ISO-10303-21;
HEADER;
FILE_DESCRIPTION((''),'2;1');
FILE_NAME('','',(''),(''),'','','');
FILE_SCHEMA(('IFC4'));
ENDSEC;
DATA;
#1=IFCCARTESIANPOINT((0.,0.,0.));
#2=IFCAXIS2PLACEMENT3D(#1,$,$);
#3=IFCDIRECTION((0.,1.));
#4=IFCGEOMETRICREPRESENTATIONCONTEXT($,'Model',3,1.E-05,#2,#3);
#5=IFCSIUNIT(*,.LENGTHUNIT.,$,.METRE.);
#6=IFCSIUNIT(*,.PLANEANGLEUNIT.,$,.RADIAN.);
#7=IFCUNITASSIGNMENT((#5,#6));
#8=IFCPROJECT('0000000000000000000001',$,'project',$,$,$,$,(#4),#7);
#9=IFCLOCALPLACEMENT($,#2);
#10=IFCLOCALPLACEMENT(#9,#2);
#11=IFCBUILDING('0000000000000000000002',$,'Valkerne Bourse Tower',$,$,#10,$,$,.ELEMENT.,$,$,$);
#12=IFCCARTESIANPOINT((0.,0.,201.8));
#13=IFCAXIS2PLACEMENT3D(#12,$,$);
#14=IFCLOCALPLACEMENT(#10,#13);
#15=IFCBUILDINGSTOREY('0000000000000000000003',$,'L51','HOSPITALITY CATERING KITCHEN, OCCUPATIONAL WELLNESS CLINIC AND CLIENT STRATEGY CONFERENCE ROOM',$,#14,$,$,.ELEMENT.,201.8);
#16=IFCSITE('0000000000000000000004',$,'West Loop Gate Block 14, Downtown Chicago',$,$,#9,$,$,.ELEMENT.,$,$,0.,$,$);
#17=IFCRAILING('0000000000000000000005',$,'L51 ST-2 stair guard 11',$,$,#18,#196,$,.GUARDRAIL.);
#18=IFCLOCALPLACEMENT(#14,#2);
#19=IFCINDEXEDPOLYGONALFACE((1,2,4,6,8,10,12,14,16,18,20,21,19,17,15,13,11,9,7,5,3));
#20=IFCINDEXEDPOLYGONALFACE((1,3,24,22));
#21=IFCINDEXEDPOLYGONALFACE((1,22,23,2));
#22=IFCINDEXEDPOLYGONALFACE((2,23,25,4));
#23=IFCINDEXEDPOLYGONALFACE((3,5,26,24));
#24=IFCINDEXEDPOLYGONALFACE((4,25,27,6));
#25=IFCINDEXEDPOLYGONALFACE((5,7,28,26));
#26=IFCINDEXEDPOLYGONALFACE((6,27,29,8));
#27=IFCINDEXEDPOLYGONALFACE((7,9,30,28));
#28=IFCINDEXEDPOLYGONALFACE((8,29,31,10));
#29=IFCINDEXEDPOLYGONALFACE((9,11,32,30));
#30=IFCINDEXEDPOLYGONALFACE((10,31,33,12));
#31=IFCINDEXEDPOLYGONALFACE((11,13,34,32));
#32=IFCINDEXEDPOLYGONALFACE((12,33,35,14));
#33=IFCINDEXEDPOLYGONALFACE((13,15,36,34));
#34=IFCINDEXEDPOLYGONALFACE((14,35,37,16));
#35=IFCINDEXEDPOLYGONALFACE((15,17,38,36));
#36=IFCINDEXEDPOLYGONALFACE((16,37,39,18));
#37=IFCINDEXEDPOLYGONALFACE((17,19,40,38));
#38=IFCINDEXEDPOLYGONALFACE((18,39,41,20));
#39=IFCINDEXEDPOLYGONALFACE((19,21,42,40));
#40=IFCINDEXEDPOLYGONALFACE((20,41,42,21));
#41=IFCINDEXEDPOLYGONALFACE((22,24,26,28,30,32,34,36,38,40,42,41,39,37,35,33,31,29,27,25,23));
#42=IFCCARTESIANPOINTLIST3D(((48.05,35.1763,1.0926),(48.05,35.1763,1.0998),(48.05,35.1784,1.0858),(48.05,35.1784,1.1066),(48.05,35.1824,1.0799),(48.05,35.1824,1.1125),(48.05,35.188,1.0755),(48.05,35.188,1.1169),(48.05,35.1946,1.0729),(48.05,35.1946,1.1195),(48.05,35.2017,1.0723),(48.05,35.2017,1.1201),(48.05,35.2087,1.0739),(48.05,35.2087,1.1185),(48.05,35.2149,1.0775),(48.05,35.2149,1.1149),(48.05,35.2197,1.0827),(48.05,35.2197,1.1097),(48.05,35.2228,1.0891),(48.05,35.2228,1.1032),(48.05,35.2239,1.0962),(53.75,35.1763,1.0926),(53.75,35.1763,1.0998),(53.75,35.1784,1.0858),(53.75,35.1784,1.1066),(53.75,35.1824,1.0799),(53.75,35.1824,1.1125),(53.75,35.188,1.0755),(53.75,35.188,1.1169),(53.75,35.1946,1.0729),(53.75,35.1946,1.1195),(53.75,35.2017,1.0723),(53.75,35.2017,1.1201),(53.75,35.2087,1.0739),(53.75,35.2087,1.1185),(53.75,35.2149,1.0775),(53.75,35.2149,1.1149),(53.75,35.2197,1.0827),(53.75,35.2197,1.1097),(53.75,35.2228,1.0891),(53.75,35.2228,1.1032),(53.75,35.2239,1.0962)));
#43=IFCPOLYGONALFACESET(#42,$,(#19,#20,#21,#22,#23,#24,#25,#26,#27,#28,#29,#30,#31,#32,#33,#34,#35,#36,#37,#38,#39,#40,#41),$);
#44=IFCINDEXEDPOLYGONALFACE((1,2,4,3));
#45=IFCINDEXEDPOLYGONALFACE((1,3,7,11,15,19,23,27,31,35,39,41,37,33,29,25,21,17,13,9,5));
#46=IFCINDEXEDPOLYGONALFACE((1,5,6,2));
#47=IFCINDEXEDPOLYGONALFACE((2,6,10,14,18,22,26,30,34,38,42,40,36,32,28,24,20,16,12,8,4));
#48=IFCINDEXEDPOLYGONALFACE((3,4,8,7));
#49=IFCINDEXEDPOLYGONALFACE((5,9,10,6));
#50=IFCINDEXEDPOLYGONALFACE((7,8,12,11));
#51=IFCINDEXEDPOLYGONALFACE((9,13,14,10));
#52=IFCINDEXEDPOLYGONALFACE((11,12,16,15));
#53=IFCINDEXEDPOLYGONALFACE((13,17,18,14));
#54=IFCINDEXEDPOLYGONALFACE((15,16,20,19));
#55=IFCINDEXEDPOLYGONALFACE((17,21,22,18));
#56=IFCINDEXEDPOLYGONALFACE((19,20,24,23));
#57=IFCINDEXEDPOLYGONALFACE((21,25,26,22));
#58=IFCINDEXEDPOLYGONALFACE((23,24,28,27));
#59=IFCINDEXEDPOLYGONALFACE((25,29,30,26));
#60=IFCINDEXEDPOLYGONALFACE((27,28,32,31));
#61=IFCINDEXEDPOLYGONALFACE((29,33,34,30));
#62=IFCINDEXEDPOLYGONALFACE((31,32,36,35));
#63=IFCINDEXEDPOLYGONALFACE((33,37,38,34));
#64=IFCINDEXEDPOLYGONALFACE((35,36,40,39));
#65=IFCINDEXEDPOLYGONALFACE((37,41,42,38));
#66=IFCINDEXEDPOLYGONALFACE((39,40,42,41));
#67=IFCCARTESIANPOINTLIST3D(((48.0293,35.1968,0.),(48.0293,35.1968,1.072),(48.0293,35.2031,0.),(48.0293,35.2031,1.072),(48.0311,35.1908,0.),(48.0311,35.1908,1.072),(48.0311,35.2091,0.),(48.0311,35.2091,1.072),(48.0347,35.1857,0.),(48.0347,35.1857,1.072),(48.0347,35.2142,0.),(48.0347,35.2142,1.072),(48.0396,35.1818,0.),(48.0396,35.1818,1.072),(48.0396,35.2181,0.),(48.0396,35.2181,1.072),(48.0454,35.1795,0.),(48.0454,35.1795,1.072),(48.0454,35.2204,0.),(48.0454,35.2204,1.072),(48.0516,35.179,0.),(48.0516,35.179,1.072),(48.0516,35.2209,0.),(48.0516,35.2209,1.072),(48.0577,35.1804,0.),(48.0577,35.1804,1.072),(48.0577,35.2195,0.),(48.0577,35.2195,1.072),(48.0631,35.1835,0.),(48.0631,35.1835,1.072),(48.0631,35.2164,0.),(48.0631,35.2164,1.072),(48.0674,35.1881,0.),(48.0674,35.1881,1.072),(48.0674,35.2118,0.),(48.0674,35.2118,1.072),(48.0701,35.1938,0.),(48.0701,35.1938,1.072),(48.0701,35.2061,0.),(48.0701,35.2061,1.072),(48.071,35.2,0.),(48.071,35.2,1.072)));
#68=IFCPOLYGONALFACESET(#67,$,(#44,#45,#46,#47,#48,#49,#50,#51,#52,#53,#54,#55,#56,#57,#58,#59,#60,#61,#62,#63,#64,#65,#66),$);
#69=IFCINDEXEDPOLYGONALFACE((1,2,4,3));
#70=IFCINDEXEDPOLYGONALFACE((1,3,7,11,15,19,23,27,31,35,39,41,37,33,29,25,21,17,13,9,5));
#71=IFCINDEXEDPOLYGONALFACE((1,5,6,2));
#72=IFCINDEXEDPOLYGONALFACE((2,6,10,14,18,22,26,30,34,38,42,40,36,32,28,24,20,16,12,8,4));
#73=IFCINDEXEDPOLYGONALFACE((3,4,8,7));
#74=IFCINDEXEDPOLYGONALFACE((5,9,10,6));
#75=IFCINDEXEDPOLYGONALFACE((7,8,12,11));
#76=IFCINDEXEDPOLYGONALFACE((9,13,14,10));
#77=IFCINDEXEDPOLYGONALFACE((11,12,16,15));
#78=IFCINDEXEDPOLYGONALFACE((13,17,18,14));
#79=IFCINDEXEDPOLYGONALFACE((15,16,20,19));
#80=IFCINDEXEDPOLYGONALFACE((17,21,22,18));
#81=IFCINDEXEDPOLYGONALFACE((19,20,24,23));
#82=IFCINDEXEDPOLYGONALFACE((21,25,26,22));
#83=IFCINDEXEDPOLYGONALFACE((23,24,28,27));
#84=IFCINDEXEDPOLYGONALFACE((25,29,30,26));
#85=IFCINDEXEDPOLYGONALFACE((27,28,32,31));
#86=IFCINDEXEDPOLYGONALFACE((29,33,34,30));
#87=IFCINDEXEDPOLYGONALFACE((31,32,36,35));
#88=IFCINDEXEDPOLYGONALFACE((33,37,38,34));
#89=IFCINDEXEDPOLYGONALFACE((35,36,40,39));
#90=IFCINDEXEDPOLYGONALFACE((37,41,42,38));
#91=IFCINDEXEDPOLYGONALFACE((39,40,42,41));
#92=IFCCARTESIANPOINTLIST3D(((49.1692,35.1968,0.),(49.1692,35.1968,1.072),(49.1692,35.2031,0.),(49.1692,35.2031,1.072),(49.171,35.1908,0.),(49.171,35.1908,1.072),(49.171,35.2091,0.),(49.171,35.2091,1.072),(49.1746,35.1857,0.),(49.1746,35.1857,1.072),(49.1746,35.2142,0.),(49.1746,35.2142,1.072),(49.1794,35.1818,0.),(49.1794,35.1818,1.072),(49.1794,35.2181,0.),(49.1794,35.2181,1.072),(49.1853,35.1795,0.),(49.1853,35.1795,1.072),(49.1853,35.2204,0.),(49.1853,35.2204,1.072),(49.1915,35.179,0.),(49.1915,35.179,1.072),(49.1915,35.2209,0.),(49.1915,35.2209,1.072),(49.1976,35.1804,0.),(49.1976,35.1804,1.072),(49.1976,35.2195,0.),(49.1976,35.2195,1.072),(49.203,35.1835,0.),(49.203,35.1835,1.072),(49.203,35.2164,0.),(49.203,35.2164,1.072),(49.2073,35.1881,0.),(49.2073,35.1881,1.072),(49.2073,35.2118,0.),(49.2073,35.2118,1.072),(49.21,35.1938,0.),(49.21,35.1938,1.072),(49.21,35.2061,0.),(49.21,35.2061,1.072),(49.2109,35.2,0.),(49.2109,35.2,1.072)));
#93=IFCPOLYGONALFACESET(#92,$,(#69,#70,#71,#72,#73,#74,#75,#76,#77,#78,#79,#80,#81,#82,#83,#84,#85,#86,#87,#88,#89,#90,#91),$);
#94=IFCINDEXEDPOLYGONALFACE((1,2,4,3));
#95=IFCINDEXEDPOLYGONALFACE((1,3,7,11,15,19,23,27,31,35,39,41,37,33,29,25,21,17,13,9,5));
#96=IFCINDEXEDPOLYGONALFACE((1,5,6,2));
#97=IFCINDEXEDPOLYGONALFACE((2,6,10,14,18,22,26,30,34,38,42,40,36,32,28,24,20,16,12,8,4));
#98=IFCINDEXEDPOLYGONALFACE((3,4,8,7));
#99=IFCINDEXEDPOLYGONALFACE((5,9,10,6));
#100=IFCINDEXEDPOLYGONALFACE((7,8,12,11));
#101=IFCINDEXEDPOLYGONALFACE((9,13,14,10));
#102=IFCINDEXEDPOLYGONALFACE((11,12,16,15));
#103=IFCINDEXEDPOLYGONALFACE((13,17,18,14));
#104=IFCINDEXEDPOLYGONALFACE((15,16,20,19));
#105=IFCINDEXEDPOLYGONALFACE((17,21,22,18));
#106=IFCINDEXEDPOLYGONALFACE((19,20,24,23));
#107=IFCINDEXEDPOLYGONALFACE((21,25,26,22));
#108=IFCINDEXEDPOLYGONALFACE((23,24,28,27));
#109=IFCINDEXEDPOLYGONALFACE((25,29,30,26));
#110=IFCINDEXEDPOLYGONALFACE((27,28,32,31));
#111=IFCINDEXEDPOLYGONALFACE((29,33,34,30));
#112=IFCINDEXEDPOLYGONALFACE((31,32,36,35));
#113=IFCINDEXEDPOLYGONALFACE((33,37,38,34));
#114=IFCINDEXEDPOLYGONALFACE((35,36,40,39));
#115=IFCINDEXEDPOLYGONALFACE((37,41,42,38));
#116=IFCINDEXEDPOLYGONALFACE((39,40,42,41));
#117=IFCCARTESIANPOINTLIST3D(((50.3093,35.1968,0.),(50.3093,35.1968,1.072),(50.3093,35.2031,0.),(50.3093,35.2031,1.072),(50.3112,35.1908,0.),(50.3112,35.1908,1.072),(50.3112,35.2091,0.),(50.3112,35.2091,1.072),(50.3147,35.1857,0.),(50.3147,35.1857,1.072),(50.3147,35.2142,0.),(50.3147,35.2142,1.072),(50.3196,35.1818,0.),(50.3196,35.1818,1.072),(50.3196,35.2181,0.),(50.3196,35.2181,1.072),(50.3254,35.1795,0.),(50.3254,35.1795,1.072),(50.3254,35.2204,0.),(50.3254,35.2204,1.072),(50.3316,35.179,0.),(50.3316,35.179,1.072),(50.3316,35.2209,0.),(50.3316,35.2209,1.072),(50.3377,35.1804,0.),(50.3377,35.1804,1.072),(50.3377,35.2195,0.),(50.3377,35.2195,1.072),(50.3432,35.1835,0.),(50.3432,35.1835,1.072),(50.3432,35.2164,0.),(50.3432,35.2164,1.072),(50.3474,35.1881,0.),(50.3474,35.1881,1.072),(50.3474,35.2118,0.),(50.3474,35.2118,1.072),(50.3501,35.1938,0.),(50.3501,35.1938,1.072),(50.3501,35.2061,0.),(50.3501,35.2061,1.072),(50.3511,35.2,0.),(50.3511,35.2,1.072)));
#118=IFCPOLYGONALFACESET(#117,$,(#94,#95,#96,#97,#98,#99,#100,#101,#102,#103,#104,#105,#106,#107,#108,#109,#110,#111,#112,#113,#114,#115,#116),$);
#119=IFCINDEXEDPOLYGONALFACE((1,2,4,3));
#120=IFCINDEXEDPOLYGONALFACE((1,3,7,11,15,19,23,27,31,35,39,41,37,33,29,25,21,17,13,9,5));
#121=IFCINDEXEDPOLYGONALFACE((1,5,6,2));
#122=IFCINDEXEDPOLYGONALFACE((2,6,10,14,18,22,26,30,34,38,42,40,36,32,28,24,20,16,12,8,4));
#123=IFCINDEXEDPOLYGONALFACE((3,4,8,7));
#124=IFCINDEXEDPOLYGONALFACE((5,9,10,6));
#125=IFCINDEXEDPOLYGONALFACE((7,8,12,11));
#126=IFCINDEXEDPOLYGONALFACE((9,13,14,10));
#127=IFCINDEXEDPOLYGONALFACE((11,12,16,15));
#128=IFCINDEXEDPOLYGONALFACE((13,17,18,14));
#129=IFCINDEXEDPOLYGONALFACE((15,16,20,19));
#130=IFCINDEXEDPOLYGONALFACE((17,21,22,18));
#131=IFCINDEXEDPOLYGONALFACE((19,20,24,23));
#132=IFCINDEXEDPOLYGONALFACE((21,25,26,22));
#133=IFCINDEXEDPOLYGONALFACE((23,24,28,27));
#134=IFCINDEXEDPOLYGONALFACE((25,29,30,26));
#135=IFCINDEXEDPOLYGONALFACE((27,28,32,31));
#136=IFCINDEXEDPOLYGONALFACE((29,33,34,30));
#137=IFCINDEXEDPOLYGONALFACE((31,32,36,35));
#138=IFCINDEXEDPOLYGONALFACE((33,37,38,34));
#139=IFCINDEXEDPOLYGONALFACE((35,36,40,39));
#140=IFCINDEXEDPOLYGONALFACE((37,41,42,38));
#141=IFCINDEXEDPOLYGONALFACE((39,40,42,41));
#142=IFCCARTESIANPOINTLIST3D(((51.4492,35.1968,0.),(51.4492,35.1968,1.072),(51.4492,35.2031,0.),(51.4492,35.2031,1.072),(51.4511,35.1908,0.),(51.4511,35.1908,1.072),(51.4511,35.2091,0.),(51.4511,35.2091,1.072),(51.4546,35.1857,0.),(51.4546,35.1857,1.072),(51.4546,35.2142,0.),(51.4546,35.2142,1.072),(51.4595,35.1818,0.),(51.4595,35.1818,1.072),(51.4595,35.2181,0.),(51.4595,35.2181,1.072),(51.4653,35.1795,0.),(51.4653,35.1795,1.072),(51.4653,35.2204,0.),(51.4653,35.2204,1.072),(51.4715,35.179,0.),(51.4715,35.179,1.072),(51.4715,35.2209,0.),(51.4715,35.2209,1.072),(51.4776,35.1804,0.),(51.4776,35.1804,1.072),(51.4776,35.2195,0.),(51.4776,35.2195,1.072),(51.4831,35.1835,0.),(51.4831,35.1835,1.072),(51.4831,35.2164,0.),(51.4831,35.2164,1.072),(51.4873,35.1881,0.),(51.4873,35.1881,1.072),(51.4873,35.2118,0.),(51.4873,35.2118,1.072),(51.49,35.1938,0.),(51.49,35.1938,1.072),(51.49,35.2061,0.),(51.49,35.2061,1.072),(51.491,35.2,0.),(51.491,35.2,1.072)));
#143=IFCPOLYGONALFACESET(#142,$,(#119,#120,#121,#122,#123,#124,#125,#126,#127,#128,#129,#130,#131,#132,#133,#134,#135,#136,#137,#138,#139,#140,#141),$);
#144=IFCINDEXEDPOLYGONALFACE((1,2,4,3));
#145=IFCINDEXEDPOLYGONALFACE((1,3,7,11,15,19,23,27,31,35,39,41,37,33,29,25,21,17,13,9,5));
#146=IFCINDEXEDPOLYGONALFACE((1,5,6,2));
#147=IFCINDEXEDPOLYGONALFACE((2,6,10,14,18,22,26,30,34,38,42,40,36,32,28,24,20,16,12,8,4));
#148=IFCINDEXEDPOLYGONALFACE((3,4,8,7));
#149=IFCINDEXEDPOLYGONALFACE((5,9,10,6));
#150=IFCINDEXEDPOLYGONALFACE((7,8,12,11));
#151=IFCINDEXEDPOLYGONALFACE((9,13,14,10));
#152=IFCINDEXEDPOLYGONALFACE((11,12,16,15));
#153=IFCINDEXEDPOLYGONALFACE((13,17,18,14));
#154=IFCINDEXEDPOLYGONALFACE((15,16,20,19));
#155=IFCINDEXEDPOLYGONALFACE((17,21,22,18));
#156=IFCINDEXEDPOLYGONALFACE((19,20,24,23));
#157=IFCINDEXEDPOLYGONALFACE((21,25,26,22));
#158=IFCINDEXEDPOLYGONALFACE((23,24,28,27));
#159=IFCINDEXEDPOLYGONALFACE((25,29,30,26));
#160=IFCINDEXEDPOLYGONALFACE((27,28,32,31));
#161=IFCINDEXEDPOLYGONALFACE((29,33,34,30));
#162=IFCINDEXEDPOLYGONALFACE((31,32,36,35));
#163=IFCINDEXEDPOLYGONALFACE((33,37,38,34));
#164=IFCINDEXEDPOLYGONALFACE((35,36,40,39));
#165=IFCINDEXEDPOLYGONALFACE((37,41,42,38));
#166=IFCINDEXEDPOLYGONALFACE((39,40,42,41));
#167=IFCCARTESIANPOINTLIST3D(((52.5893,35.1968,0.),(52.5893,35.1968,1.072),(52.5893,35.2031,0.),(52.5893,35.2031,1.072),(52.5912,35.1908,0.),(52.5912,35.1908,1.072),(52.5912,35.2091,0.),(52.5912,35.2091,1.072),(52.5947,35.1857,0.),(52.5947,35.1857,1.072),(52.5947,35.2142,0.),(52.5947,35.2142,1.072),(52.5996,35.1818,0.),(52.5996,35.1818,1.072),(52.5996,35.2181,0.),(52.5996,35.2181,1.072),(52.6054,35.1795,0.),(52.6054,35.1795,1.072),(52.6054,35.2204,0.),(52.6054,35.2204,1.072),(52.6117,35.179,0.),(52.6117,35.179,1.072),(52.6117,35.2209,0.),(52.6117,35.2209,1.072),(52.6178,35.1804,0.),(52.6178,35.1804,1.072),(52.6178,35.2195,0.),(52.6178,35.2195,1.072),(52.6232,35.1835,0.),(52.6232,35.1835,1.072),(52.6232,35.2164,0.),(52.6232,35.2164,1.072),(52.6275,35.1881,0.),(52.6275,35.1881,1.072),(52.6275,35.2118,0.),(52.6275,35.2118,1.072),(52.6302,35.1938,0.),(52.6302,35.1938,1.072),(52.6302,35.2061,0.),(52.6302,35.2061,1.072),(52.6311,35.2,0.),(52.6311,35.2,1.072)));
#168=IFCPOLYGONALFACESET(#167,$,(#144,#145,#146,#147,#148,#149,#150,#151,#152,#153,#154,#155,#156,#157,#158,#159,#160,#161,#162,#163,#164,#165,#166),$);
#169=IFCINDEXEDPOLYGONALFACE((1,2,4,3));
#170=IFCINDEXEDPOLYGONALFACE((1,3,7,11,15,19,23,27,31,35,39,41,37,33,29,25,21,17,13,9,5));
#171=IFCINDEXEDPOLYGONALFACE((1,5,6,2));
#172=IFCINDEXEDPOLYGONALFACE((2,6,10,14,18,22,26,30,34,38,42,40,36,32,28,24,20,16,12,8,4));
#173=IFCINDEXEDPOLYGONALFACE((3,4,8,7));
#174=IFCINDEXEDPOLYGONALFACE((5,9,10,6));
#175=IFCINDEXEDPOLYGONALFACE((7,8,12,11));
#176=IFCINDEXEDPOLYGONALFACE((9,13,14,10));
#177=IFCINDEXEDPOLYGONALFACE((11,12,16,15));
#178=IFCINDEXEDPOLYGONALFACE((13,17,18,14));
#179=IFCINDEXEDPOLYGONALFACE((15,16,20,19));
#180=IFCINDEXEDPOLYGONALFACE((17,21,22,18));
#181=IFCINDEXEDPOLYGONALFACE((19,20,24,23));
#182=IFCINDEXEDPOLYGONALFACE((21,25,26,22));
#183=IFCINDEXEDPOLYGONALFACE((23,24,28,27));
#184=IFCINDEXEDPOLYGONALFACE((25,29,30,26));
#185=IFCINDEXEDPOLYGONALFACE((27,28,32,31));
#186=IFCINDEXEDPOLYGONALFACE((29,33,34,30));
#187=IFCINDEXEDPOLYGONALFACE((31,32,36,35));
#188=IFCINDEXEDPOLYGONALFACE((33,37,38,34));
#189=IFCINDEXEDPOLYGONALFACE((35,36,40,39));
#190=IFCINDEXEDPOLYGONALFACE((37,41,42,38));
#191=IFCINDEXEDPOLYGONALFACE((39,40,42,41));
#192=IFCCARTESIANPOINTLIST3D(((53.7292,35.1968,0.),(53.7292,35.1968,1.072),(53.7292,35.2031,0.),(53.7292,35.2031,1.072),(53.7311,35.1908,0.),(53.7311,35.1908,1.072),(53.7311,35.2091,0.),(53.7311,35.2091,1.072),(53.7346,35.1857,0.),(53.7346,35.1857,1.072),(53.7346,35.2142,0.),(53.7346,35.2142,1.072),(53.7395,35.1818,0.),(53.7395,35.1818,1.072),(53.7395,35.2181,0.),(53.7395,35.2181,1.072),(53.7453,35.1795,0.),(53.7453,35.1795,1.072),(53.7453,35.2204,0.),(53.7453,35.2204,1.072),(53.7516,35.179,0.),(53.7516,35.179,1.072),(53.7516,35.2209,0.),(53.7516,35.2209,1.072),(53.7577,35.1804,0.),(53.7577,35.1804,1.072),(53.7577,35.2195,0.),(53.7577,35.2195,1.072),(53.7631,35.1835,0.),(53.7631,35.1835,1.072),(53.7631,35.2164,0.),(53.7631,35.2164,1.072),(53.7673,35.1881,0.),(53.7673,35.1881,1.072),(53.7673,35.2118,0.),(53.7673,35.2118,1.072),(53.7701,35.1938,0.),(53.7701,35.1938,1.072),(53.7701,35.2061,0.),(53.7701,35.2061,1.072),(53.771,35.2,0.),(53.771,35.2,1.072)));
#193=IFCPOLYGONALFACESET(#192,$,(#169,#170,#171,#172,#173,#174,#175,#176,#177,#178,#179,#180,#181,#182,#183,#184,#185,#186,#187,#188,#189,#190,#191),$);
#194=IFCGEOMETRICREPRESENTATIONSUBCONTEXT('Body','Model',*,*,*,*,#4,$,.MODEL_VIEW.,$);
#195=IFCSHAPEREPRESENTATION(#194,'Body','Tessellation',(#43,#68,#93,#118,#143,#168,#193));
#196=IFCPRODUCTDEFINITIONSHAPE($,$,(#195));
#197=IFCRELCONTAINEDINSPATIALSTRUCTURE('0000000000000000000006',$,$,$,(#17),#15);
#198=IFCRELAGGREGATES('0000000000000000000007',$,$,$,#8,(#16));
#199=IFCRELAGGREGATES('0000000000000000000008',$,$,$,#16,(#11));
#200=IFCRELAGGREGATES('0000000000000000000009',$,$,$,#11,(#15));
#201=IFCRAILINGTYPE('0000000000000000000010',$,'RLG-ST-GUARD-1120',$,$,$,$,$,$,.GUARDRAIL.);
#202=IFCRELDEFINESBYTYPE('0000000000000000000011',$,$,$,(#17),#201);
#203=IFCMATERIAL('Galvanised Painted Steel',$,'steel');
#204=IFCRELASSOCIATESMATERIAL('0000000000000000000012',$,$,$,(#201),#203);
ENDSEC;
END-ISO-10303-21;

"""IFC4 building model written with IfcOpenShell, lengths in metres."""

from ifc_helpers import new_model, si_unit, direction, frame, origin, origin_2d, place, context, subcontext, project, spatial, circle, extrude, material, type_object, element, save


model = new_model("IFC4")

# Units and contexts
model_context = context("Model", 3, precision=1e-05, world=origin(), true_north=direction((0.0, 1.0)))
body_context = subcontext(model_context, "Body", "Model", "MODEL_VIEW")
ifc_project = project(units=[si_unit("LENGTHUNIT", "METRE"), si_unit("PLANEANGLEUNIT", "RADIAN")], contexts=[model_context])

# Site, building, storey
site_placement = place(None, origin())
site = spatial("IfcSite", under=ifc_project, at=site_placement, Name="West Loop Gate Block 14, Downtown Chicago", CompositionType="ELEMENT", RefElevation=0.0)
building_placement = place(site_placement, origin())
building = spatial("IfcBuilding", under=site, at=building_placement, Name="Valkerne Bourse Tower", CompositionType="ELEMENT")
storey_placement = place(building_placement, frame((0.0, 0.0, 201.8)))
storey = spatial("IfcBuildingStorey", under=building, at=storey_placement, Name="L51", Description="HOSPITALITY CATERING KITCHEN, OCCUPATIONAL WELLNESS CLINIC AND CLIENT STRATEGY CONFERENCE ROOM", CompositionType="ELEMENT", Elevation=201.8)

# Shared definitions
ifc_material_1 = material(Name="Galvanised Painted Steel", Category="steel")

# Railing
railing_type_1 = type_object("IfcRailingType", Name="RLG-ST-GUARD-1120", PredefinedType="GUARDRAIL", material=ifc_material_1)
for number, where, name in (
    (1, (48.05, 35.2, 0.0), "L51 ST-2 stair guard 11"),
):
    element("IfcRailing", number, at=place(storey_placement, frame(where)), inside=storey, type_object=railing_type_1, Name=name, PredefinedType="GUARDRAIL", context=body_context, shape_type="SweptSolid", body=[
        extrude(circle(Radius=0.0239, at=origin_2d()), frame((0.0, 0.0, 1.0962), z_axis=(1.0, 0.0, 0.0), x_axis=(0.0, 1.0, 0.0)), (0.0, 0.0, 1.0), 5.7),
        extrude(circle(Radius=0.021, at=origin_2d()), origin(), (0.0, 0.0, 1.0), 1.072),
        extrude(circle(Radius=0.021, at=origin_2d()), frame((1.1399, 0.0, 0.0)), (0.0, 0.0, 1.0), 1.072),
        extrude(circle(Radius=0.021, at=origin_2d()), frame((2.28, 0.0, 0.0)), (0.0, 0.0, 1.0), 1.072),
        extrude(circle(Radius=0.021, at=origin_2d()), frame((3.4199, 0.0, 0.0)), (0.0, 0.0, 1.0), 1.072),
        extrude(circle(Radius=0.021, at=origin_2d()), frame((4.5601, 0.0, 0.0)), (0.0, 0.0, 1.0), 1.072),
        extrude(circle(Radius=0.021, at=origin_2d()), frame((5.7, 0.0, 0.0)), (0.0, 0.0, 1.0), 1.072),
    ])

save(model, "model.ifc")
